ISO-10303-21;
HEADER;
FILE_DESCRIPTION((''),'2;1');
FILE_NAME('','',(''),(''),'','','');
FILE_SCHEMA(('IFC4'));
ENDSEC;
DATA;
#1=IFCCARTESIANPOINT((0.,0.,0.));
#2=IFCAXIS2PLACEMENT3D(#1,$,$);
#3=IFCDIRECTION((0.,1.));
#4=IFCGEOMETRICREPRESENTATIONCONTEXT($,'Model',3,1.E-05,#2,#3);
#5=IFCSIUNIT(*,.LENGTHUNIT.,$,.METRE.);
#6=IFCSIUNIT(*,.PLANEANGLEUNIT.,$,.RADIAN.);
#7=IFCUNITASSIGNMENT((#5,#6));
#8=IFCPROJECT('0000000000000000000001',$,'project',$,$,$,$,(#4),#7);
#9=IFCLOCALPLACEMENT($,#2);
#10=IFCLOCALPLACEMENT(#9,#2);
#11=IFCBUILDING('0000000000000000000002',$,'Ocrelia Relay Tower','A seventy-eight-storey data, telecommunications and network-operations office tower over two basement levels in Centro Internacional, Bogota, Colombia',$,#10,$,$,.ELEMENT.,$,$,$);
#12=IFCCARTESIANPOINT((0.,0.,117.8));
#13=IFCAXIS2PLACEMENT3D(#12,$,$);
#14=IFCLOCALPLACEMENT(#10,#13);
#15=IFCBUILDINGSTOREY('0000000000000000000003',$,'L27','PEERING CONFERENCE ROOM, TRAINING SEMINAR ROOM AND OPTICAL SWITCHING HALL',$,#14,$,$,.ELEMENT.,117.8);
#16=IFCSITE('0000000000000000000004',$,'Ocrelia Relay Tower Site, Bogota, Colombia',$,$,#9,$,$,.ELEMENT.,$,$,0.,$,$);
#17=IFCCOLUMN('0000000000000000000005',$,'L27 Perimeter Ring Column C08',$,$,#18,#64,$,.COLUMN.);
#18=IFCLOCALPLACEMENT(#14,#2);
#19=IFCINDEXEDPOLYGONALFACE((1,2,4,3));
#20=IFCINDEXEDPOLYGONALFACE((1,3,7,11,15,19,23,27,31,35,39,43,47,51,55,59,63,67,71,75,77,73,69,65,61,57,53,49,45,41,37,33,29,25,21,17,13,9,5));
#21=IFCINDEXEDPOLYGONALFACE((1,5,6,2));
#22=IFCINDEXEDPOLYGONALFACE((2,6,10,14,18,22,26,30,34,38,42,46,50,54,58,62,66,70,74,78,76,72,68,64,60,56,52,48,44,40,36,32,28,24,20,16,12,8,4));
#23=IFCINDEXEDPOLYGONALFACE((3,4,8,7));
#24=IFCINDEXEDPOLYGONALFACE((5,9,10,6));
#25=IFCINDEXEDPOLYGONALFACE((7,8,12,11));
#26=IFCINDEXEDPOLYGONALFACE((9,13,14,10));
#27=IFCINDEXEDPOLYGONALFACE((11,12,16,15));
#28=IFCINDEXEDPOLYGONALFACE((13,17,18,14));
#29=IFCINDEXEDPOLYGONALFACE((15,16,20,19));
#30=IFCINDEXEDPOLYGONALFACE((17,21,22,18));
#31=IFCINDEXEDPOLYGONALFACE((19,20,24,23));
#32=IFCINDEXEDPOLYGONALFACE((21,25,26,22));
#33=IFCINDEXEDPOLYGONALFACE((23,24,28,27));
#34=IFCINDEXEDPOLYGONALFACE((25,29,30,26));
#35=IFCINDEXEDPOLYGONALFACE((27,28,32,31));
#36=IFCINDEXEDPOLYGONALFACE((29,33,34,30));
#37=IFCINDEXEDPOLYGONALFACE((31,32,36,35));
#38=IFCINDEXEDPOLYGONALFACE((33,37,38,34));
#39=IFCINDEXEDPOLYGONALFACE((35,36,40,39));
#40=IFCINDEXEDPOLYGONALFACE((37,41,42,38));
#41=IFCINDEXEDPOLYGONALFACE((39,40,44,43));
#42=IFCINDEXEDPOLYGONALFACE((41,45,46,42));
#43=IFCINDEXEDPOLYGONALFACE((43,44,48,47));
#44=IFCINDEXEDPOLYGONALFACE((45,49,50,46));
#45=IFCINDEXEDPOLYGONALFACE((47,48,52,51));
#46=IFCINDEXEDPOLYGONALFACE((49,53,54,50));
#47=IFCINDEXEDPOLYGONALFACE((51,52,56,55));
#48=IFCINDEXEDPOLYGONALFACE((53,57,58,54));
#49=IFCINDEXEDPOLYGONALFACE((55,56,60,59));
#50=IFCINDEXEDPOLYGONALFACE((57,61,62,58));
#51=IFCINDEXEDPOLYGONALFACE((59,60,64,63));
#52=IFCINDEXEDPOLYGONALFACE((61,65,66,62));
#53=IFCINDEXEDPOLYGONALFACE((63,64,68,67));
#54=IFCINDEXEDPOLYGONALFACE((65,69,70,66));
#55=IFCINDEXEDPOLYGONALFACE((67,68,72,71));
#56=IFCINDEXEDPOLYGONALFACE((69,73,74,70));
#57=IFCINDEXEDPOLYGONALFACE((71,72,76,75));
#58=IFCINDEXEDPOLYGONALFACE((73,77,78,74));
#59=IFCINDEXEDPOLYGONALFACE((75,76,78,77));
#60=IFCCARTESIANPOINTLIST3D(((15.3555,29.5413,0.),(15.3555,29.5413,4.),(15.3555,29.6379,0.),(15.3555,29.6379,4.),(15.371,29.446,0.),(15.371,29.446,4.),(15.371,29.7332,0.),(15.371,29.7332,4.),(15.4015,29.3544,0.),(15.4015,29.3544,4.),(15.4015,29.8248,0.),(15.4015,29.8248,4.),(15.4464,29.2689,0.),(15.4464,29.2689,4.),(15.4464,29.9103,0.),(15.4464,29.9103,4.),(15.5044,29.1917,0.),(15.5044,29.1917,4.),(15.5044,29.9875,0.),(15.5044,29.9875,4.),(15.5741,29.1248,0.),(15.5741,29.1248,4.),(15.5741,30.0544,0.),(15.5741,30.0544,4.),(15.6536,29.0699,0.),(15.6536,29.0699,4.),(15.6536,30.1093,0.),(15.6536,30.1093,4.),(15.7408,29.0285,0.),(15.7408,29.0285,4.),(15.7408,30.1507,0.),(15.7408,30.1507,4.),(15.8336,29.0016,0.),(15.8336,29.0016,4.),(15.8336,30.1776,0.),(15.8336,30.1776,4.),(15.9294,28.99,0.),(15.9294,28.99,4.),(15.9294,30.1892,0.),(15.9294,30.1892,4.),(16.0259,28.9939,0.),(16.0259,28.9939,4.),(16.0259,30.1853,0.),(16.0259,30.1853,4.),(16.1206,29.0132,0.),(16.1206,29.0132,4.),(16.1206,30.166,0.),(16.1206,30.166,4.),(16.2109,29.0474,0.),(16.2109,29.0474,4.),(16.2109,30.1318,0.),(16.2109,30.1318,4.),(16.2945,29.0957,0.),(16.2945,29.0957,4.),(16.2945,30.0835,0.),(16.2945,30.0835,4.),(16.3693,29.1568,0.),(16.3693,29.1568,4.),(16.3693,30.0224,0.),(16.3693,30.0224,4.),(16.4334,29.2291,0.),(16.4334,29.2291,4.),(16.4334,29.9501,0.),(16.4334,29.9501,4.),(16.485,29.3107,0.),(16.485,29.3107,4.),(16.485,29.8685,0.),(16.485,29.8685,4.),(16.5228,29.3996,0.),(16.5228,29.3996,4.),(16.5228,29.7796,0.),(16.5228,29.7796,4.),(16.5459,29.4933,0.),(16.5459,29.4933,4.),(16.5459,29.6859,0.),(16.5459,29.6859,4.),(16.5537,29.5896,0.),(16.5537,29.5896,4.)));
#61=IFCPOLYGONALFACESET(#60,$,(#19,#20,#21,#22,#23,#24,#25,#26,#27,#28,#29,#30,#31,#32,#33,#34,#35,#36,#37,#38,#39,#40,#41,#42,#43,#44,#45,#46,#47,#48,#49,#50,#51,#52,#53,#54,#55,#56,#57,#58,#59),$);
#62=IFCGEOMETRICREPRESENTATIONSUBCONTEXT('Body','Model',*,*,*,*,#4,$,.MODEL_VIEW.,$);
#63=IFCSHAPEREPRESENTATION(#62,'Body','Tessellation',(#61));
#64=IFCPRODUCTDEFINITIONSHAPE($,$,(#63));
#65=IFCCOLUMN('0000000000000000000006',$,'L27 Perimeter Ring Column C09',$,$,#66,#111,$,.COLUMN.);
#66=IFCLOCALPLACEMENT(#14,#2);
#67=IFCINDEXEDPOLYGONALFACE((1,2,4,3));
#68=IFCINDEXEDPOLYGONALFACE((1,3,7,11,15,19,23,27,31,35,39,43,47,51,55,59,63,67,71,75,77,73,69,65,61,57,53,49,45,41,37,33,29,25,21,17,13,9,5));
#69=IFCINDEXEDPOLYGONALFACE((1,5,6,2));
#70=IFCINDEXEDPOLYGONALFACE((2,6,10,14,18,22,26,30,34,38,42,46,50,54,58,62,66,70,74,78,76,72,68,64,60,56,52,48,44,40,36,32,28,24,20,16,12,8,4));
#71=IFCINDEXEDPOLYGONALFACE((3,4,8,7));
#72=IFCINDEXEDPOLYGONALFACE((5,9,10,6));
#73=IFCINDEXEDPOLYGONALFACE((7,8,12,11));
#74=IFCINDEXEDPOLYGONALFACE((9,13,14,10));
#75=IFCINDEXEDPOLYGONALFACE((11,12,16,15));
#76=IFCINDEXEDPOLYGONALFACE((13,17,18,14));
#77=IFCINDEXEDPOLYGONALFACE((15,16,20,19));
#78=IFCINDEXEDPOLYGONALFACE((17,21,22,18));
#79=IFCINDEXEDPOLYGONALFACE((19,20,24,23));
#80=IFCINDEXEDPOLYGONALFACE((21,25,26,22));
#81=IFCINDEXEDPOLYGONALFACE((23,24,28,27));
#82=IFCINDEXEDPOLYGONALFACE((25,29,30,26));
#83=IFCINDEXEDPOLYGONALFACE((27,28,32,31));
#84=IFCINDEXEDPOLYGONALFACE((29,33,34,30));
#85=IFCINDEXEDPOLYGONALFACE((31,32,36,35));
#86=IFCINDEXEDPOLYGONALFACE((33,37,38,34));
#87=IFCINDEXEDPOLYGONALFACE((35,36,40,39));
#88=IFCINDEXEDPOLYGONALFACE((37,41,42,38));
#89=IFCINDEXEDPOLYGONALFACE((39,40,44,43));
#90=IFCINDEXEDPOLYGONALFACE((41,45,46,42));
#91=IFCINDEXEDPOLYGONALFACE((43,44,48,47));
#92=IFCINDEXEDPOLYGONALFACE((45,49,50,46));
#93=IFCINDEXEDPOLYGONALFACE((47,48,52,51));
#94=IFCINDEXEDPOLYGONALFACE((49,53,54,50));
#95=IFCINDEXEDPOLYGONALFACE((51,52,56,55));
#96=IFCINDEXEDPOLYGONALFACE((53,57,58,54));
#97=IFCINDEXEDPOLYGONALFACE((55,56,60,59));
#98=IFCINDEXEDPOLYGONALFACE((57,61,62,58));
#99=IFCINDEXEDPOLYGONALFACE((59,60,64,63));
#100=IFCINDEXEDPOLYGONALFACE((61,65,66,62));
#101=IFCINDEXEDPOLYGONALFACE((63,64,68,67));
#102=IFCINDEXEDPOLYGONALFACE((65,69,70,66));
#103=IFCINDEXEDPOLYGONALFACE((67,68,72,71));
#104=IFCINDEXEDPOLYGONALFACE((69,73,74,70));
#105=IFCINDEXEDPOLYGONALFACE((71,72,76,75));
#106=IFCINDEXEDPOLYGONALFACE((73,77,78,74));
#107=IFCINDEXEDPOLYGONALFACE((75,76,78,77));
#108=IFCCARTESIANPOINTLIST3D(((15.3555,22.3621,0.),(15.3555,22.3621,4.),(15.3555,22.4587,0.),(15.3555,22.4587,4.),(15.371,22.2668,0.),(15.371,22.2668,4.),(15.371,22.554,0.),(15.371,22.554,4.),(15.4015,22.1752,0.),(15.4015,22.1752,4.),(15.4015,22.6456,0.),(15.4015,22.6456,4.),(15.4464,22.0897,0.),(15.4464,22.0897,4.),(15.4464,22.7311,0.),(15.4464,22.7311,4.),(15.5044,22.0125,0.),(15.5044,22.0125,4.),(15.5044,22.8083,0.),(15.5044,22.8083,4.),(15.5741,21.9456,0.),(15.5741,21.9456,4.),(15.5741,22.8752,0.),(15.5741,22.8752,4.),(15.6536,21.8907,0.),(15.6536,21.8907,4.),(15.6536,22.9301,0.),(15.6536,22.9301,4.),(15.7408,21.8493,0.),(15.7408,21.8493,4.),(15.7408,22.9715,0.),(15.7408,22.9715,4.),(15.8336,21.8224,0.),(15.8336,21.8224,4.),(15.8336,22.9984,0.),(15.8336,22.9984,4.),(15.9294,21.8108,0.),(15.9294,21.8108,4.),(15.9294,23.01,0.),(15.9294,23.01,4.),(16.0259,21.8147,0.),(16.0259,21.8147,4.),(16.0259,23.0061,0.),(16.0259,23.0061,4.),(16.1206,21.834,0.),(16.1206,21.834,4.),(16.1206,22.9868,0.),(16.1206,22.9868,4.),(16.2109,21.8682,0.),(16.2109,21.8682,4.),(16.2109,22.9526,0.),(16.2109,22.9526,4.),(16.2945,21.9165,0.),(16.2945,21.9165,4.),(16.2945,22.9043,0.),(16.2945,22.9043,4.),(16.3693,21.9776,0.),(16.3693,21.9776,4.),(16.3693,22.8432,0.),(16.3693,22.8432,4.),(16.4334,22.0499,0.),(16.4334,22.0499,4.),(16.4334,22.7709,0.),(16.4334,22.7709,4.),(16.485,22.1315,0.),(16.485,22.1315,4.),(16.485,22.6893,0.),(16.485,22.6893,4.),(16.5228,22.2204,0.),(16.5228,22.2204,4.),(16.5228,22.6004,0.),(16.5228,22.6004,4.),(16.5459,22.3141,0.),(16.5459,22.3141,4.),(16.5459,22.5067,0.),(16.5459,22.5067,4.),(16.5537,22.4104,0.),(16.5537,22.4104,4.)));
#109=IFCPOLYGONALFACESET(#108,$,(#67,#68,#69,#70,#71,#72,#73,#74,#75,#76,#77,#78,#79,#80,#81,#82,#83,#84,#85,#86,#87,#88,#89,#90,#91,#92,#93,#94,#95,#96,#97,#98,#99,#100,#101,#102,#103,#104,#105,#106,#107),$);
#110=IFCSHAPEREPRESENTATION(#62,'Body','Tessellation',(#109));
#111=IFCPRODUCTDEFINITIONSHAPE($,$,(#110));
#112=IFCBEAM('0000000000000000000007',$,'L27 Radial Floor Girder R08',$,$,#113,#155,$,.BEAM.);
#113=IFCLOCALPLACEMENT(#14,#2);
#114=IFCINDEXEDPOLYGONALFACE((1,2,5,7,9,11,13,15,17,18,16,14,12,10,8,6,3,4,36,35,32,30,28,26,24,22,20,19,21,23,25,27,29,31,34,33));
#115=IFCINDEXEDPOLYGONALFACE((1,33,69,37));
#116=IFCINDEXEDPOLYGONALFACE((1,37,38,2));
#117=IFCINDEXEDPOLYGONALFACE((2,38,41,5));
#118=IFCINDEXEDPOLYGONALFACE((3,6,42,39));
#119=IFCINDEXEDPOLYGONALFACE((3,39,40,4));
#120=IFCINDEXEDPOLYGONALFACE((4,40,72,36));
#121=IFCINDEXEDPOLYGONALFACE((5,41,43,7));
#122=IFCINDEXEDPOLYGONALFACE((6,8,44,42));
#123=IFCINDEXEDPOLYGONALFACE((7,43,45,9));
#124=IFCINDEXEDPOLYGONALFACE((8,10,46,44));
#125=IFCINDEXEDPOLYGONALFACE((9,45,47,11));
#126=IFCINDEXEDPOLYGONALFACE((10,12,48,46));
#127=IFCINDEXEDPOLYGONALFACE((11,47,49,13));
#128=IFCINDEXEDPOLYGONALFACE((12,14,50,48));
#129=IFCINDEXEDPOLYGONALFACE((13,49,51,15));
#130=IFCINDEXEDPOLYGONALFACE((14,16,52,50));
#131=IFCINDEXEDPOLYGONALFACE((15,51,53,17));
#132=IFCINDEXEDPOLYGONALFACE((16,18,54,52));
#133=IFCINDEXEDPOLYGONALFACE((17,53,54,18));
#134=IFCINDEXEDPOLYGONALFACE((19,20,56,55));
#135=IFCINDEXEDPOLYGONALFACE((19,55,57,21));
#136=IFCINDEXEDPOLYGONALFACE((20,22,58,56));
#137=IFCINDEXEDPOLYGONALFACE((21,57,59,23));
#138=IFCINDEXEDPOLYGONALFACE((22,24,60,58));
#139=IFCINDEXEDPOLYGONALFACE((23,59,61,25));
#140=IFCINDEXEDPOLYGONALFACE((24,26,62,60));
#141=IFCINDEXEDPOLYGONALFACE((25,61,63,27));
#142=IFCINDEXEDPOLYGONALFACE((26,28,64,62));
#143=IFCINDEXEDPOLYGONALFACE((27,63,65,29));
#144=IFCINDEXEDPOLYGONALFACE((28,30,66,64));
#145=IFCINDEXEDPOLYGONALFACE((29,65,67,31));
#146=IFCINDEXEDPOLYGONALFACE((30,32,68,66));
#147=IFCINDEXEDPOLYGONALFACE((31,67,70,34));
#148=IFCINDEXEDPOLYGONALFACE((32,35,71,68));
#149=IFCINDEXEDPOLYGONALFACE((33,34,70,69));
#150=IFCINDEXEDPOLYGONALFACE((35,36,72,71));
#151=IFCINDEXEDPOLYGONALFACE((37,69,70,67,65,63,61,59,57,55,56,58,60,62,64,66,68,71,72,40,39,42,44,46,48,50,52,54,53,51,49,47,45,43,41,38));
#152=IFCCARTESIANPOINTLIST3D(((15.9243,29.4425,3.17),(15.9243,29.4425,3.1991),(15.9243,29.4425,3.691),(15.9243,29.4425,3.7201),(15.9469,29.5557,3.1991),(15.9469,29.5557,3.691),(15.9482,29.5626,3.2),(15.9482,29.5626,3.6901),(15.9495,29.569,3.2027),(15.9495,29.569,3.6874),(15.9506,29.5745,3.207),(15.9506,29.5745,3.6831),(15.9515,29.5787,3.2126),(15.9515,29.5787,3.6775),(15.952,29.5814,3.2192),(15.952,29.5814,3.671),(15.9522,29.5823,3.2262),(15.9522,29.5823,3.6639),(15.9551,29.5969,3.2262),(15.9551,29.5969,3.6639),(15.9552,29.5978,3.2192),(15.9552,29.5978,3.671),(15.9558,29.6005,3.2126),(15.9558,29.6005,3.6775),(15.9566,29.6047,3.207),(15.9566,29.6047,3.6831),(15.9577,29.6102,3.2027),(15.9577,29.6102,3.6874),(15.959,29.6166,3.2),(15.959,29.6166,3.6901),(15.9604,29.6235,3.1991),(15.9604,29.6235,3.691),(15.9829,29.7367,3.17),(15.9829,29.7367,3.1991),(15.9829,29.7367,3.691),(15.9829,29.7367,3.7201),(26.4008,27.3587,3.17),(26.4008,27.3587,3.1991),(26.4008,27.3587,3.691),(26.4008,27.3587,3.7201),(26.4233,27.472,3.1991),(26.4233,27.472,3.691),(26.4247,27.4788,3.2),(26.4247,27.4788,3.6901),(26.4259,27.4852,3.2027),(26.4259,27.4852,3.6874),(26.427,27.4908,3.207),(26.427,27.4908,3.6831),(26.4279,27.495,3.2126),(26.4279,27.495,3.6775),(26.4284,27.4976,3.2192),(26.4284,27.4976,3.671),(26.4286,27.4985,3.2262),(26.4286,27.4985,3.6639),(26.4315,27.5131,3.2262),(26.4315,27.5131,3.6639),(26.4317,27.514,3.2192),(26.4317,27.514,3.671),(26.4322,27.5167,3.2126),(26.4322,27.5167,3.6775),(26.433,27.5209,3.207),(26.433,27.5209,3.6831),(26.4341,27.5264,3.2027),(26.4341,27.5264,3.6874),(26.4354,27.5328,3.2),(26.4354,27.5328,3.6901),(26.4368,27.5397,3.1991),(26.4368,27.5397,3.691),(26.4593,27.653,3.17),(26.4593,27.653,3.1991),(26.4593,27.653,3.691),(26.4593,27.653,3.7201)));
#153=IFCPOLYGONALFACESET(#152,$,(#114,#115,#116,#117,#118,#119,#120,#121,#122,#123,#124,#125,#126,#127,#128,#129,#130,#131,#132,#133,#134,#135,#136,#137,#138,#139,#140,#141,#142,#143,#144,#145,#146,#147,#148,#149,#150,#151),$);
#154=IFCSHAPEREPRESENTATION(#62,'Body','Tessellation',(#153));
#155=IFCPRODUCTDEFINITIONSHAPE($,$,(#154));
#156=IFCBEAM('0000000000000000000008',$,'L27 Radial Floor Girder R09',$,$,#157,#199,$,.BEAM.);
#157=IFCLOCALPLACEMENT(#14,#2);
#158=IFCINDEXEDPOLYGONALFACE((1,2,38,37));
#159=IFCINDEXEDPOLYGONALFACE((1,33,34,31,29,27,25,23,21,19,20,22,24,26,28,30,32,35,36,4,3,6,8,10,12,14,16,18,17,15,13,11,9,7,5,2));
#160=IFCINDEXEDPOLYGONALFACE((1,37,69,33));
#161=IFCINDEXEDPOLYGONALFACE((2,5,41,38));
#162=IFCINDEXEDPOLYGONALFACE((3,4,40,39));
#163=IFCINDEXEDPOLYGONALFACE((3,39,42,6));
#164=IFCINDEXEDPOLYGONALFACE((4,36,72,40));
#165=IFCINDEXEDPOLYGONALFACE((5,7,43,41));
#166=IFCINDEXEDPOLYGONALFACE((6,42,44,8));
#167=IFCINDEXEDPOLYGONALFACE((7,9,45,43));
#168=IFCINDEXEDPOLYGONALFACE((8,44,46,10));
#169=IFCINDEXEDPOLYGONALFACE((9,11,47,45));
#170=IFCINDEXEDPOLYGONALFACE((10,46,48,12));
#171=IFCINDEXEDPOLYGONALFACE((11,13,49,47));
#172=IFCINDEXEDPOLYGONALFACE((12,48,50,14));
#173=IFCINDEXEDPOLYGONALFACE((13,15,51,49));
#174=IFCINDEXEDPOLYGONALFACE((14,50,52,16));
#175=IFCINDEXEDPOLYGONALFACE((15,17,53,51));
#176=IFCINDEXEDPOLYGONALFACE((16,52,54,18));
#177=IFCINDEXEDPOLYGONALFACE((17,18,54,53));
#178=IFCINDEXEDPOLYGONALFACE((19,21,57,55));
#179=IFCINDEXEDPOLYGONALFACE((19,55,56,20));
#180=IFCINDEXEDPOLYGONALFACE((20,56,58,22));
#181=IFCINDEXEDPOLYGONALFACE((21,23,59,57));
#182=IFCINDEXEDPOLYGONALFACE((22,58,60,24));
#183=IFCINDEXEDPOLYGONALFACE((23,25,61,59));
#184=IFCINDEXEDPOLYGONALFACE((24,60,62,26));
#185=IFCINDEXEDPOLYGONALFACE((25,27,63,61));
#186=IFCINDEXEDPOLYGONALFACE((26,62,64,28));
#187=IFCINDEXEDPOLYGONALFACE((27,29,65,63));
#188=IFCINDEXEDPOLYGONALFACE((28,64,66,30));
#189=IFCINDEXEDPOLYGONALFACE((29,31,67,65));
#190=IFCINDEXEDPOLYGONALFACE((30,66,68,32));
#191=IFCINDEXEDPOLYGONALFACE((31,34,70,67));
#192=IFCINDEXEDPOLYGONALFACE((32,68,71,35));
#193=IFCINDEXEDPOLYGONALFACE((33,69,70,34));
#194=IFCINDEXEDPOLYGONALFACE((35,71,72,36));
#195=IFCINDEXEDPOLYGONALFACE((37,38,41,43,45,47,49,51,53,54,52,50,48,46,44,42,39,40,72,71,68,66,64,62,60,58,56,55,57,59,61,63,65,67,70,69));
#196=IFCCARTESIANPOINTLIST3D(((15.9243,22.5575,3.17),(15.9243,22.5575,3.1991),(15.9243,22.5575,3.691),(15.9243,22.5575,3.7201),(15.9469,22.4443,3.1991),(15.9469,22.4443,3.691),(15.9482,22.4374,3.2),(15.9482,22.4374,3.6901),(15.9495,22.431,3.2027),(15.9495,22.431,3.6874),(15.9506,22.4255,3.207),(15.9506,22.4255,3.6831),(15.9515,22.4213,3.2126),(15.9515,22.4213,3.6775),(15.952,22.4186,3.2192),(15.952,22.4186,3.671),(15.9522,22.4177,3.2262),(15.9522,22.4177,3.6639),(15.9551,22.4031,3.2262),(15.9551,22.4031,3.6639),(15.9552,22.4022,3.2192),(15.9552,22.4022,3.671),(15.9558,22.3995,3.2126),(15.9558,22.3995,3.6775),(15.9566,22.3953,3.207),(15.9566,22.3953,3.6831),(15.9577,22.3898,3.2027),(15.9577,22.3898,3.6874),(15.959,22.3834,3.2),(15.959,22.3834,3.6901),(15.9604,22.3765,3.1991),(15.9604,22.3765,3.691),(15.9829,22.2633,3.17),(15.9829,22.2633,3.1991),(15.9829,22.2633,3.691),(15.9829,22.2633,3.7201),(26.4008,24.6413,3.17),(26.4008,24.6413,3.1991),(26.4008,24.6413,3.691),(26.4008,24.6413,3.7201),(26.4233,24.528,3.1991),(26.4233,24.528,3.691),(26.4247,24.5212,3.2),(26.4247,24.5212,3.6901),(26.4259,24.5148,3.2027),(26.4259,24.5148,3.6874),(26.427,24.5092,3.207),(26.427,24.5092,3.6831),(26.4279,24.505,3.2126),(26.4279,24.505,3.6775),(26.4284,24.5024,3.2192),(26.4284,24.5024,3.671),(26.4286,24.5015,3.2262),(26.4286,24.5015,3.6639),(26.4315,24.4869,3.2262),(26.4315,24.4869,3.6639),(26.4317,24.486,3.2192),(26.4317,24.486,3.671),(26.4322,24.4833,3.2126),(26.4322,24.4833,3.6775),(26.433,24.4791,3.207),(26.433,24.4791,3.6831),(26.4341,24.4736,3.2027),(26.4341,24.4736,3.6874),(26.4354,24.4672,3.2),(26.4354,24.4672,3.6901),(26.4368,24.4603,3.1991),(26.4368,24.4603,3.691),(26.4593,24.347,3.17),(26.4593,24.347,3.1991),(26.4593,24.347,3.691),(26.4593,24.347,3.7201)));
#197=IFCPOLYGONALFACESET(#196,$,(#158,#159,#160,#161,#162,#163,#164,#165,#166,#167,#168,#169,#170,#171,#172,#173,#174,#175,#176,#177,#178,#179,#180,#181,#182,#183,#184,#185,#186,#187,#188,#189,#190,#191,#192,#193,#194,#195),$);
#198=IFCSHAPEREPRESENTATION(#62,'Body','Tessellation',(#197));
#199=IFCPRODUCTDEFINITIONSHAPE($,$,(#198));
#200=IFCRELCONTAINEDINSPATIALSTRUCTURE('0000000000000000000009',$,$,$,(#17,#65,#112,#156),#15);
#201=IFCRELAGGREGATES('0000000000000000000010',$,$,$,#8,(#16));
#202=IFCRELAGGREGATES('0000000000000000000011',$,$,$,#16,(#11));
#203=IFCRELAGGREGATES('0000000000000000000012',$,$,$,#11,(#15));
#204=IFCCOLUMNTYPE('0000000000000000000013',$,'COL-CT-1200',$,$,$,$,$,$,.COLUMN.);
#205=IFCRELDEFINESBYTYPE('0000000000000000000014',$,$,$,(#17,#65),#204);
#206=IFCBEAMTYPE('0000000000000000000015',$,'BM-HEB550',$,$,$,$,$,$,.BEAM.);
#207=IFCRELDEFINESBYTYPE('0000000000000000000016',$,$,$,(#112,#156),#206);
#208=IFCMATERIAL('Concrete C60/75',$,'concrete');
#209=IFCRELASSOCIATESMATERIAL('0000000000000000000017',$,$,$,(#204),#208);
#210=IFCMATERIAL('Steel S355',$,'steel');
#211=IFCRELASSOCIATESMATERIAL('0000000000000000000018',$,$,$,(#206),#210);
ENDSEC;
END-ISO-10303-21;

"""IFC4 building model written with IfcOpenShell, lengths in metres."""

from ifc_helpers import new_model, si_unit, direction, frame, origin, origin_2d, place, context, subcontext, project, spatial, circle, i_section, extrude, material, material_profile, profile_set, type_object, element, save


model = new_model("IFC4")

# Units and contexts
model_context = context("Model", 3, precision=1e-05, world=origin(), true_north=direction((0.0, 1.0)))
body_context = subcontext(model_context, "Body", "Model", "MODEL_VIEW")
ifc_project = project(units=[si_unit("LENGTHUNIT", "METRE"), si_unit("PLANEANGLEUNIT", "RADIAN")], contexts=[model_context])

# Site, building, storey
site_placement = place(None, origin())
site = spatial("IfcSite", under=ifc_project, at=site_placement, Name="Ocrelia Relay Tower Site, Bogota, Colombia", CompositionType="ELEMENT", RefElevation=0.0)
building_placement = place(site_placement, origin())
building = spatial("IfcBuilding", under=site, at=building_placement, Name="Ocrelia Relay Tower", Description="A seventy-eight-storey data, telecommunications and network-operations office tower over two basement levels in Centro Internacional, Bogota, Colombia", CompositionType="ELEMENT")
storey_placement = place(building_placement, frame((0.0, 0.0, 117.8)))
storey = spatial("IfcBuildingStorey", under=building, at=storey_placement, Name="L27", Description="PEERING CONFERENCE ROOM, TRAINING SEMINAR ROOM AND OPTICAL SWITCHING HALL", CompositionType="ELEMENT", Elevation=117.8)

# Columns
ifc_material_1 = material(Name="Concrete C60/75", Category="concrete")
ifc_material_profile_1 = material_profile(ifc_material_1, circle(Radius=0.6001, at=origin_2d()), Name="RC-CIR-1200")
ifc_profile_set_1 = profile_set([ifc_material_profile_1], Name="Concrete C60/75")
column_type = type_object("IfcColumnType", Name="COL-CT-1200", PredefinedType="COLUMN", material=ifc_profile_set_1)
for number, where, z_axis, x_axis, name in (
    (1, (15.9536, 29.5896, 0.0), (0.0, 0.0, 1.0), (1.0, 0.0, 0.0), "L27 Perimeter Ring Column C08"),
    (2, (15.9536, 22.4104, 0.0), (0.0, 0.0, 1.0), (1.0, 0.0, 0.0), "L27 Perimeter Ring Column C09"),
):
    element("IfcColumn", number, at=place(storey_placement, frame(where, z_axis=z_axis, x_axis=x_axis)), inside=storey, type_object=column_type, Name=name, PredefinedType="COLUMN", context=body_context, shape_type="SweptSolid", body=[
        extrude(circle(Radius=0.6001, at=origin_2d()), origin(), (0.0, 0.0, 1.0), 4.0),
    ])

# Beams
ifc_material_2 = material(Name="Steel S355", Category="steel")
ifc_material_profile_2 = material_profile(ifc_material_2, i_section(OverallWidth=0.3, OverallDepth=0.55, WebThickness=0.0149, FlangeThickness=0.0291, FilletRadius=0.0271, at=origin_2d()), Name="HEB 550")
ifc_profile_set_2 = profile_set([ifc_material_profile_2], Name="Steel S355")
beam_type_1 = type_object("IfcBeamType", Name="BM-HEB550", PredefinedType="BEAM", material=ifc_profile_set_2)
for number, where, z_axis, x_axis, name in (
    (3, (15.9536, 29.5896, 3.4451), (0.980788, -0.195079, 0.0), (0.195079, 0.980788, 0.0), "L27 Radial Floor Girder R08"),
    (4, (15.9536, 22.4104, 3.4451), (0.980788, 0.195079, 0.0), (-0.195079, 0.980788, 0.0), "L27 Radial Floor Girder R09"),
):
    element("IfcBeam", number, at=place(storey_placement, frame(where, z_axis=z_axis, x_axis=x_axis)), inside=storey, type_object=beam_type_1, Name=name, PredefinedType="BEAM", context=body_context, shape_type="SweptSolid", body=[
        extrude(i_section(OverallWidth=0.3, OverallDepth=0.55, WebThickness=0.0149, FlangeThickness=0.0291, FilletRadius=0.0271, at=origin_2d()), origin(), (0.0, 0.0, 1.0), 10.6816),
    ])

save(model, "model.ifc")
